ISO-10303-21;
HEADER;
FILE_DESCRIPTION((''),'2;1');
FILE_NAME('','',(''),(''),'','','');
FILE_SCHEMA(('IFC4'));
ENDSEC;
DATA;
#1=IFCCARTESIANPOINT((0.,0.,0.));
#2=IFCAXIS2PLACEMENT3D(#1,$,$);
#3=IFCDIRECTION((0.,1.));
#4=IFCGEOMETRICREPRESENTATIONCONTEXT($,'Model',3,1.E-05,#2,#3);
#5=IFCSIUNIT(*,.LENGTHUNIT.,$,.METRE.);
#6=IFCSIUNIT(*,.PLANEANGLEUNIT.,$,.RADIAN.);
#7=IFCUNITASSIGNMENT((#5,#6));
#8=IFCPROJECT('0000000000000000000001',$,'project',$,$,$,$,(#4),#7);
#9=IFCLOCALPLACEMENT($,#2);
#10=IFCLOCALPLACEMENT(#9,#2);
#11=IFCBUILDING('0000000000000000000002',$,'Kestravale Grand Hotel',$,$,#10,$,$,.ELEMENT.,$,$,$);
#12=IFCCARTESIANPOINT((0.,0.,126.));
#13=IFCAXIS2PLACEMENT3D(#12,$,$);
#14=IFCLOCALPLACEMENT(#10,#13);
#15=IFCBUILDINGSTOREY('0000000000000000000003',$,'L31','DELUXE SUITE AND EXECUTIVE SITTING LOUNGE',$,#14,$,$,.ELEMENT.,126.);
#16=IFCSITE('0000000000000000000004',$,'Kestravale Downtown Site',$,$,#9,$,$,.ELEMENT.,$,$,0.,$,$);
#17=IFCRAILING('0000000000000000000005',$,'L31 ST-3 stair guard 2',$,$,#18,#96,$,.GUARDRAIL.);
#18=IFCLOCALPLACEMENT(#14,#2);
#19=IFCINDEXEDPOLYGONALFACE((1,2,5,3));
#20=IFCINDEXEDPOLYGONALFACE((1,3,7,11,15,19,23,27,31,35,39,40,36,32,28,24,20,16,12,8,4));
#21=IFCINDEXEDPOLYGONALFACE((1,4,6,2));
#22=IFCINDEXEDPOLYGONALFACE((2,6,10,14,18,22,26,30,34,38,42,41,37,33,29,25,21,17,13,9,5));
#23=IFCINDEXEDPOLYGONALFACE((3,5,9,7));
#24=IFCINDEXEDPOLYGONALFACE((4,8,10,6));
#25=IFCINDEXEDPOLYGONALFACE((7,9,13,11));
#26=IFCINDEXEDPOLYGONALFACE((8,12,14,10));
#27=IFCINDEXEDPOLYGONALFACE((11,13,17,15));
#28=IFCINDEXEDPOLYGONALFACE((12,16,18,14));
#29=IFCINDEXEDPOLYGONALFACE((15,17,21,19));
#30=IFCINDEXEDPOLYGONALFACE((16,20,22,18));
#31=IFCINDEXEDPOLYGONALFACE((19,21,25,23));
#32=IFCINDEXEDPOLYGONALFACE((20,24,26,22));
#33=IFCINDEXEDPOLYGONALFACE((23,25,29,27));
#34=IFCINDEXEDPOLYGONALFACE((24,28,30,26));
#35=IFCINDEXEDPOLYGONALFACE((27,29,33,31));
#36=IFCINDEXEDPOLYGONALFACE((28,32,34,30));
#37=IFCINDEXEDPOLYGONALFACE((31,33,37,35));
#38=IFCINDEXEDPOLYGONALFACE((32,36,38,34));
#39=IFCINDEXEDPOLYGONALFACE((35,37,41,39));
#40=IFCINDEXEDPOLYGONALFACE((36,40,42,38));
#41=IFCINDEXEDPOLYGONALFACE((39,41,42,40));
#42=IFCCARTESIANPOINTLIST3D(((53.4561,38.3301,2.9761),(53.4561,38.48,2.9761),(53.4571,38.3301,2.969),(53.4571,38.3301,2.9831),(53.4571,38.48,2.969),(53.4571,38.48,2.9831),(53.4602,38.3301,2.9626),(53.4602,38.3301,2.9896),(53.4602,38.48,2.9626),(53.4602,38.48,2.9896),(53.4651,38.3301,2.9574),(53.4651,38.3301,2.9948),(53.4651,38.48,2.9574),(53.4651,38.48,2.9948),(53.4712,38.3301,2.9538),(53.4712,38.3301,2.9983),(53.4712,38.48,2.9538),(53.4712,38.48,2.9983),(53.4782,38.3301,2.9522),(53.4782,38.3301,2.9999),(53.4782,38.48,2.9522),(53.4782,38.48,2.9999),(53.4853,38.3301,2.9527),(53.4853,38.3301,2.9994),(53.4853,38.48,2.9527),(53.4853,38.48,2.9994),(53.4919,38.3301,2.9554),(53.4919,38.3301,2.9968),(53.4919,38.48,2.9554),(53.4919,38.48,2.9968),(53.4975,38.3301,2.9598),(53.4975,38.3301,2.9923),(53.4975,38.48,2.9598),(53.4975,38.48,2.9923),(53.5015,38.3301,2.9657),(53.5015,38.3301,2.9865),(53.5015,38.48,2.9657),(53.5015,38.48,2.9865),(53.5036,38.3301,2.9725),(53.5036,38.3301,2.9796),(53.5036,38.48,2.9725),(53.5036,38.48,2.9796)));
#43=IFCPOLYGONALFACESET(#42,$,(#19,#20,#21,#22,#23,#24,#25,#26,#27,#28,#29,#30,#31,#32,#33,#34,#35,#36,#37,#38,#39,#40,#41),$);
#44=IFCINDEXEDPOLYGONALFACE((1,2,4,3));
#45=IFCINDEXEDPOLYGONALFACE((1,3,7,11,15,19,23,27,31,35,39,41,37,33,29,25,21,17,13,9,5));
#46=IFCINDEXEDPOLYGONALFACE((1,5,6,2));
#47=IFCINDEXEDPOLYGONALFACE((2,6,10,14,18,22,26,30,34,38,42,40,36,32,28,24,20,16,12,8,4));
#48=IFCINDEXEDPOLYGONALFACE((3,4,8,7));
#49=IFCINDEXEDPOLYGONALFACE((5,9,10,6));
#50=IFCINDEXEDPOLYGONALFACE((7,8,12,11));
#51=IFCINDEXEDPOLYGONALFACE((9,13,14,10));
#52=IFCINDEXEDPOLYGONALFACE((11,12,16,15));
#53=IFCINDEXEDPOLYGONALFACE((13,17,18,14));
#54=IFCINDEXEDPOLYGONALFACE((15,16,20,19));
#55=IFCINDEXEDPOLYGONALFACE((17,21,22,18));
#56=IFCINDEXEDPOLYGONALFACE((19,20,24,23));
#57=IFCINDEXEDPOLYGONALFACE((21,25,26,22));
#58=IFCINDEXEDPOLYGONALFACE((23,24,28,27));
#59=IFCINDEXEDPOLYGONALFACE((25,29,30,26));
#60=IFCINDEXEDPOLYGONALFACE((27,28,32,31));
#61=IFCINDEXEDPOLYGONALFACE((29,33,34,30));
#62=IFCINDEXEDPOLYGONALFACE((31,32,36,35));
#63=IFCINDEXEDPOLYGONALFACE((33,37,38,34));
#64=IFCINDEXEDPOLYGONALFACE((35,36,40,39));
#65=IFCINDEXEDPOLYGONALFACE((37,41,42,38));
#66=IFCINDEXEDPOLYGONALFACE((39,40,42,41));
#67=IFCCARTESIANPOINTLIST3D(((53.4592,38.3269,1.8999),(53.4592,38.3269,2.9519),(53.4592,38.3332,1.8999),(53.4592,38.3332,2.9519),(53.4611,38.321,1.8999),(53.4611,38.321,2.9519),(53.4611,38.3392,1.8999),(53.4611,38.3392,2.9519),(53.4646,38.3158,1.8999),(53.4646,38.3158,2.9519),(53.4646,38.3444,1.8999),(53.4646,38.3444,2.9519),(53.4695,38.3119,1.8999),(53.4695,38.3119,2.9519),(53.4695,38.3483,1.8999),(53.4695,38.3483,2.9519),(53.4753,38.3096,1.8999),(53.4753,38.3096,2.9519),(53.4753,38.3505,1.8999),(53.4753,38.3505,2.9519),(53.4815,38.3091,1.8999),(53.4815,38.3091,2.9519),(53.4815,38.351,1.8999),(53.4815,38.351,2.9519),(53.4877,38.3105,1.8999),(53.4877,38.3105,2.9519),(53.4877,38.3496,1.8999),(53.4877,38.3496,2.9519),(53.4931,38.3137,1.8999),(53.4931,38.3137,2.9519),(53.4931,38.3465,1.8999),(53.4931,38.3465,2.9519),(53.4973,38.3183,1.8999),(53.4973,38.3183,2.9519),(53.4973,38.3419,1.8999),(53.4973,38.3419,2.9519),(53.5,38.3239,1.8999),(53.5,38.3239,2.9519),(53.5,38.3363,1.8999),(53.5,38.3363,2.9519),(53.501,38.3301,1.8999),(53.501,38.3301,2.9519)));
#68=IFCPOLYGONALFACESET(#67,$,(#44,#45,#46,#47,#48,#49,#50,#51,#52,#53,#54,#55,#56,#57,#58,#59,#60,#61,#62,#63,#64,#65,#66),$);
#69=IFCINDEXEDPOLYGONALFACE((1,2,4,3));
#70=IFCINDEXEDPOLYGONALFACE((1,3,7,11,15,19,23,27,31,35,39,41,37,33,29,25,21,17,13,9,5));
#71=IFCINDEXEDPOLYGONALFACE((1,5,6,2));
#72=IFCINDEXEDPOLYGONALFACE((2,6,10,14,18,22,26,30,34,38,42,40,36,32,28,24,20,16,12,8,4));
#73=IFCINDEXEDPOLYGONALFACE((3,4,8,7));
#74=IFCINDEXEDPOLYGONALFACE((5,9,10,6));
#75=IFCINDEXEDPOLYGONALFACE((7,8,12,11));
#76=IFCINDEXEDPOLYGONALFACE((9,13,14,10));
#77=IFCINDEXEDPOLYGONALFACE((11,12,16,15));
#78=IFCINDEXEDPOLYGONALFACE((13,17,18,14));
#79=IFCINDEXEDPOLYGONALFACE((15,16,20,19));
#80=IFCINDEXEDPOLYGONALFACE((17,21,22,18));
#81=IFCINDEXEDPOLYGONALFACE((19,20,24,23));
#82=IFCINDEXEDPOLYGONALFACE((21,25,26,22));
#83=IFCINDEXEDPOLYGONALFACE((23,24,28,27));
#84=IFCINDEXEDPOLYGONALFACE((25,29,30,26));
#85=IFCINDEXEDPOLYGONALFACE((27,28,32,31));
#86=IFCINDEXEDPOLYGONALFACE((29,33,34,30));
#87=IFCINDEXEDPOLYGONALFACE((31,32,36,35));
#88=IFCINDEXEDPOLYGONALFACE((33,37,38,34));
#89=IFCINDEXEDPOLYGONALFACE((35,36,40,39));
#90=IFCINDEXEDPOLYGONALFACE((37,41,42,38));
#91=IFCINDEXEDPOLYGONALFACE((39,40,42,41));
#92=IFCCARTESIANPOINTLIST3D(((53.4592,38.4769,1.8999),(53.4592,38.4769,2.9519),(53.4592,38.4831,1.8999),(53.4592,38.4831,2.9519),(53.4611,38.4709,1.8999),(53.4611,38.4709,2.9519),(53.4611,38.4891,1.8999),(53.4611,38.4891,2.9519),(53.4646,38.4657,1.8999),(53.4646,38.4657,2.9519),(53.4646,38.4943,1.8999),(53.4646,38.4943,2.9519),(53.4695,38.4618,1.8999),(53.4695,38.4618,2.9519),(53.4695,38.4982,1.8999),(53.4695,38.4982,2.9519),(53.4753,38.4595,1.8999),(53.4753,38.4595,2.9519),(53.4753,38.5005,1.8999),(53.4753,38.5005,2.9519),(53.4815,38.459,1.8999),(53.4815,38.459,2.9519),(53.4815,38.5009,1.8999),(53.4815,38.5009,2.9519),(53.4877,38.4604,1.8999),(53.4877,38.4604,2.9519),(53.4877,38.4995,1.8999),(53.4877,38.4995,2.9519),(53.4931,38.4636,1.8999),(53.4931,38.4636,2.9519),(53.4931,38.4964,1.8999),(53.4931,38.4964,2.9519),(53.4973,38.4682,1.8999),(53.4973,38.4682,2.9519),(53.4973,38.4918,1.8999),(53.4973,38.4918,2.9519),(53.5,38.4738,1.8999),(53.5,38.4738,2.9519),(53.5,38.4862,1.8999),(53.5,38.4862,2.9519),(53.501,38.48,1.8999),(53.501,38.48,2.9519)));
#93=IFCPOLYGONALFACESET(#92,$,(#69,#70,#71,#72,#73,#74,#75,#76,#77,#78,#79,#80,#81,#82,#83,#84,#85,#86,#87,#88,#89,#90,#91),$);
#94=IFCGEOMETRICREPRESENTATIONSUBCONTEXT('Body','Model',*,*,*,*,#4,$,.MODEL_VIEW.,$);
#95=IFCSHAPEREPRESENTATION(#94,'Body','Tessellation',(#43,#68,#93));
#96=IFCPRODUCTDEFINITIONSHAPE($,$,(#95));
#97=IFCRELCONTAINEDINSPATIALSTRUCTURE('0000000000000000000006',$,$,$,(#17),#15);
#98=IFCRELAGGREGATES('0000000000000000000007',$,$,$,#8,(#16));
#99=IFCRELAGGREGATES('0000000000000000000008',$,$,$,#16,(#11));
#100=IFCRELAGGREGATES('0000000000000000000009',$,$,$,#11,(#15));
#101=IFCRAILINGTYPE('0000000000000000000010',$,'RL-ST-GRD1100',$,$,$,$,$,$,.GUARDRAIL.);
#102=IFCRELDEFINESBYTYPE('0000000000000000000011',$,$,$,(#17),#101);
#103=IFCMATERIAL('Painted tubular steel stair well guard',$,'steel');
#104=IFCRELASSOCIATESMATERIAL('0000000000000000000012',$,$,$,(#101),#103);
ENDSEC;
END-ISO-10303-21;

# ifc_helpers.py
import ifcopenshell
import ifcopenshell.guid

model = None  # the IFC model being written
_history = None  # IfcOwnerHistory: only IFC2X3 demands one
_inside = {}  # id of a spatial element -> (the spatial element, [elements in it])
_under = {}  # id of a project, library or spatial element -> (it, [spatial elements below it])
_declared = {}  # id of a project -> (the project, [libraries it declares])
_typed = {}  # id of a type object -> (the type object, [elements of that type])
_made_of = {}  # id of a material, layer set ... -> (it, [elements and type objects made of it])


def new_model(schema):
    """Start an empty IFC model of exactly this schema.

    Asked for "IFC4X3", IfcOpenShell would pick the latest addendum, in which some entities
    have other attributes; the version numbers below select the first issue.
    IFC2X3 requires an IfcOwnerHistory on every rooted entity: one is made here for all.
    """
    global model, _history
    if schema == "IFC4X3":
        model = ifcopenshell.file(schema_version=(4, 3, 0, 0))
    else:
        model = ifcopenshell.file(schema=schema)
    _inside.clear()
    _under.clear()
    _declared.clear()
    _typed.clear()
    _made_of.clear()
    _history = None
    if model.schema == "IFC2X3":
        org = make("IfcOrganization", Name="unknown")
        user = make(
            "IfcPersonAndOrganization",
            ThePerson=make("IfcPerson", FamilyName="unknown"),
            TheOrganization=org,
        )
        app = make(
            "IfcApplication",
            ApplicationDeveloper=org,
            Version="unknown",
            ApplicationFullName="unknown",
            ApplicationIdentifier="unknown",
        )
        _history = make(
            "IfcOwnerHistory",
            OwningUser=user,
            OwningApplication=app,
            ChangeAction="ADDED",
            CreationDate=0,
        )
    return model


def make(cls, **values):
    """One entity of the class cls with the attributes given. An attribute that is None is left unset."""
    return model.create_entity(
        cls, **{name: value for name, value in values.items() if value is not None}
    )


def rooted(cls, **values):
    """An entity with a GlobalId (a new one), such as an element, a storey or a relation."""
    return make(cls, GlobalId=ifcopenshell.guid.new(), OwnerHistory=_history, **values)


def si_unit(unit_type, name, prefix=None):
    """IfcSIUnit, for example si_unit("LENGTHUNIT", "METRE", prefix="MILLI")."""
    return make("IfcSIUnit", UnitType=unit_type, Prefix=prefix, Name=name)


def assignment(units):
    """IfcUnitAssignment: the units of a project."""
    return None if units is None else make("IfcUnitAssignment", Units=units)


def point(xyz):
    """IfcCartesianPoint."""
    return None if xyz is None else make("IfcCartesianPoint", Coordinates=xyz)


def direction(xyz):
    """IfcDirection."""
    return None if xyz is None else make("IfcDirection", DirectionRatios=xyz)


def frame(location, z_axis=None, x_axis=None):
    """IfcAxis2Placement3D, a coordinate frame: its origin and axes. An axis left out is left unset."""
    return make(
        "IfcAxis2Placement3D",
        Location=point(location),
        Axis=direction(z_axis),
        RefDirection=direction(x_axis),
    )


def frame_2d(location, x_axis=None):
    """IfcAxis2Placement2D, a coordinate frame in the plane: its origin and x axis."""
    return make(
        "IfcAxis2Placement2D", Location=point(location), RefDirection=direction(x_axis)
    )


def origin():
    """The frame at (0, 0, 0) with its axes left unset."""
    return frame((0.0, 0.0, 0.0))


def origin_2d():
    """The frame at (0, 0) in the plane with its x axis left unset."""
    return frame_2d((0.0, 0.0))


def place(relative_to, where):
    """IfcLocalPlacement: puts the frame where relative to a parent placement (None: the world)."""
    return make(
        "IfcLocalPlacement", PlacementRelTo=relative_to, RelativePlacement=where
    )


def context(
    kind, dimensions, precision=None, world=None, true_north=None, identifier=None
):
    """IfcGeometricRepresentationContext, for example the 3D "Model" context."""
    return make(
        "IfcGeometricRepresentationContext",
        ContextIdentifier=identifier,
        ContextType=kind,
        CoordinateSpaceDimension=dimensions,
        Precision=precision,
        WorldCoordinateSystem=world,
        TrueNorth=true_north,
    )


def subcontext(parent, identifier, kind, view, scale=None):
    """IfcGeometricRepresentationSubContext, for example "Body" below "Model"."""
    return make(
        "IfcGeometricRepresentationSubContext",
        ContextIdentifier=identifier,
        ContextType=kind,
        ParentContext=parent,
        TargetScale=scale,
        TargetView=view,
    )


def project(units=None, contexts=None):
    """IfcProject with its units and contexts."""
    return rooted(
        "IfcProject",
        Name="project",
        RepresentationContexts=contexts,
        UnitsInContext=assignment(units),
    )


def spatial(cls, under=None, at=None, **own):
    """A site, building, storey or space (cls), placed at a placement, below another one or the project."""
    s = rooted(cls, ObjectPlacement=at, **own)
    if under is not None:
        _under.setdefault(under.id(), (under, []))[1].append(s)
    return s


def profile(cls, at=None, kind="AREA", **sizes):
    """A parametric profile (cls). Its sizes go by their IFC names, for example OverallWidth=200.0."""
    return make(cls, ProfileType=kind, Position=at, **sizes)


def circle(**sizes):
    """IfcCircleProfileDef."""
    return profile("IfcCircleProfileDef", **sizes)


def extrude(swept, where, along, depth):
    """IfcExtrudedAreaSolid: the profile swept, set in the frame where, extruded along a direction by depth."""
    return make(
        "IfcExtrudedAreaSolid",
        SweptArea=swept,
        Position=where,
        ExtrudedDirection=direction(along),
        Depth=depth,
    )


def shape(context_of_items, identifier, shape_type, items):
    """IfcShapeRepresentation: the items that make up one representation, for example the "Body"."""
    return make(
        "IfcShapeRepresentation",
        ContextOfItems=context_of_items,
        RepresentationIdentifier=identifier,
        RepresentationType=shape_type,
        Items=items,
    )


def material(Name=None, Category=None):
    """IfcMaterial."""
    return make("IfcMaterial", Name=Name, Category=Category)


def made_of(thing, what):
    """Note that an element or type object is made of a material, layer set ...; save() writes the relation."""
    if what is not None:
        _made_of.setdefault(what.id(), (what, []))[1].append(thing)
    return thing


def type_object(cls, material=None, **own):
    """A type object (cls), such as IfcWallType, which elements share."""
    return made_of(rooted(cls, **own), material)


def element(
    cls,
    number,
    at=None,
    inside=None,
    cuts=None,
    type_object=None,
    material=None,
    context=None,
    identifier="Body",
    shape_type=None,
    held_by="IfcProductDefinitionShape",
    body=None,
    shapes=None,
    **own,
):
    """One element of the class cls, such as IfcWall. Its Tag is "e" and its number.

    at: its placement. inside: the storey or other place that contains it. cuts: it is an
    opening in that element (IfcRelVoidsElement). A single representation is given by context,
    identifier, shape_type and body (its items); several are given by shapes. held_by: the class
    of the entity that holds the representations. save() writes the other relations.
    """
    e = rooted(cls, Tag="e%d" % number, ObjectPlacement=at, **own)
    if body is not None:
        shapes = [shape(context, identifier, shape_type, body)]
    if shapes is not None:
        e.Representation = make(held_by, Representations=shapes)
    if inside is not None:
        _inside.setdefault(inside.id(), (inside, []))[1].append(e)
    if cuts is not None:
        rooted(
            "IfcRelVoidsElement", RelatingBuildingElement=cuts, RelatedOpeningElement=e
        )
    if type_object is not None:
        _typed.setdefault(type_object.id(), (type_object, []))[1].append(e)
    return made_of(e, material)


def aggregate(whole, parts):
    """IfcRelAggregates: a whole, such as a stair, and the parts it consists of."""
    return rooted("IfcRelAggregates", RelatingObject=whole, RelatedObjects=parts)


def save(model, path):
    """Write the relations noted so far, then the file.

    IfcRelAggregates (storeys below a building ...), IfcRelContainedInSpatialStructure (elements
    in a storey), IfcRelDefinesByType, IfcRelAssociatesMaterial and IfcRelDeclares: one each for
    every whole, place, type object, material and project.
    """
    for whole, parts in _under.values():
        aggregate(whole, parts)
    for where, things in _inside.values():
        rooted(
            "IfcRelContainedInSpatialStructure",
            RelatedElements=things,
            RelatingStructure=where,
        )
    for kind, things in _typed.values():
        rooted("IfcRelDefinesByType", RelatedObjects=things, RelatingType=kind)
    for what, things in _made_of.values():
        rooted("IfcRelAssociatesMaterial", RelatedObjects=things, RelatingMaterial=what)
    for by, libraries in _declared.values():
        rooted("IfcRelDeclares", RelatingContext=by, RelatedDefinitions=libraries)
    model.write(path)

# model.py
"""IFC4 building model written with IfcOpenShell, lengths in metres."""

from ifc_helpers import new_model, si_unit, direction, frame, origin, origin_2d, place, context, subcontext, project, spatial, circle, extrude, material, type_object, element, save


model = new_model("IFC4")

# Units and contexts
model_context = context("Model", 3, precision=1e-05, world=origin(), true_north=direction((0.0, 1.0)))
body_context = subcontext(model_context, "Body", "Model", "MODEL_VIEW")
ifc_project = project(units=[si_unit("LENGTHUNIT", "METRE"), si_unit("PLANEANGLEUNIT", "RADIAN")], contexts=[model_context])

# Site, building, storey
site_placement = place(None, origin())
site = spatial("IfcSite", under=ifc_project, at=site_placement, Name="Kestravale Downtown Site", CompositionType="ELEMENT", RefElevation=0.0)
building_placement = place(site_placement, origin())
building = spatial("IfcBuilding", under=site, at=building_placement, Name="Kestravale Grand Hotel", CompositionType="ELEMENT")
storey_placement = place(building_placement, frame((0.0, 0.0, 126.0)))
storey = spatial("IfcBuildingStorey", under=building, at=storey_placement, Name="L31", Description="DELUXE SUITE AND EXECUTIVE SITTING LOUNGE", CompositionType="ELEMENT", Elevation=126.0)

# Railing
ifc_material_1 = material(Name="Painted tubular steel stair well guard", Category="steel")
railing_type_1 = type_object("IfcRailingType", Name="RL-ST-GRD1100", PredefinedType="GUARDRAIL", material=ifc_material_1)
railing_1_placement = place(storey_placement, frame((53.48, 38.3301, 1.8999)))
element("IfcRailing", 1, at=railing_1_placement, inside=storey, type_object=railing_type_1, Name="L31 ST-3 stair guard 2", PredefinedType="GUARDRAIL", context=body_context, shape_type="SweptSolid", body=[
    extrude(circle(Radius=0.0239, at=origin_2d()), frame((0.0, 0.0, 1.0762), z_axis=(0.0, 1.0, 0.0), x_axis=(-1.0, 0.0, 0.0)), (0.0, 0.0, 1.0), 0.1499),
    extrude(circle(Radius=0.021, at=origin_2d()), origin(), (0.0, 0.0, 1.0), 1.052),
    extrude(circle(Radius=0.021, at=origin_2d()), frame((0.0, 0.1499, 0.0)), (0.0, 0.0, 1.0), 1.052),
])

save(model, "model.ifc")
